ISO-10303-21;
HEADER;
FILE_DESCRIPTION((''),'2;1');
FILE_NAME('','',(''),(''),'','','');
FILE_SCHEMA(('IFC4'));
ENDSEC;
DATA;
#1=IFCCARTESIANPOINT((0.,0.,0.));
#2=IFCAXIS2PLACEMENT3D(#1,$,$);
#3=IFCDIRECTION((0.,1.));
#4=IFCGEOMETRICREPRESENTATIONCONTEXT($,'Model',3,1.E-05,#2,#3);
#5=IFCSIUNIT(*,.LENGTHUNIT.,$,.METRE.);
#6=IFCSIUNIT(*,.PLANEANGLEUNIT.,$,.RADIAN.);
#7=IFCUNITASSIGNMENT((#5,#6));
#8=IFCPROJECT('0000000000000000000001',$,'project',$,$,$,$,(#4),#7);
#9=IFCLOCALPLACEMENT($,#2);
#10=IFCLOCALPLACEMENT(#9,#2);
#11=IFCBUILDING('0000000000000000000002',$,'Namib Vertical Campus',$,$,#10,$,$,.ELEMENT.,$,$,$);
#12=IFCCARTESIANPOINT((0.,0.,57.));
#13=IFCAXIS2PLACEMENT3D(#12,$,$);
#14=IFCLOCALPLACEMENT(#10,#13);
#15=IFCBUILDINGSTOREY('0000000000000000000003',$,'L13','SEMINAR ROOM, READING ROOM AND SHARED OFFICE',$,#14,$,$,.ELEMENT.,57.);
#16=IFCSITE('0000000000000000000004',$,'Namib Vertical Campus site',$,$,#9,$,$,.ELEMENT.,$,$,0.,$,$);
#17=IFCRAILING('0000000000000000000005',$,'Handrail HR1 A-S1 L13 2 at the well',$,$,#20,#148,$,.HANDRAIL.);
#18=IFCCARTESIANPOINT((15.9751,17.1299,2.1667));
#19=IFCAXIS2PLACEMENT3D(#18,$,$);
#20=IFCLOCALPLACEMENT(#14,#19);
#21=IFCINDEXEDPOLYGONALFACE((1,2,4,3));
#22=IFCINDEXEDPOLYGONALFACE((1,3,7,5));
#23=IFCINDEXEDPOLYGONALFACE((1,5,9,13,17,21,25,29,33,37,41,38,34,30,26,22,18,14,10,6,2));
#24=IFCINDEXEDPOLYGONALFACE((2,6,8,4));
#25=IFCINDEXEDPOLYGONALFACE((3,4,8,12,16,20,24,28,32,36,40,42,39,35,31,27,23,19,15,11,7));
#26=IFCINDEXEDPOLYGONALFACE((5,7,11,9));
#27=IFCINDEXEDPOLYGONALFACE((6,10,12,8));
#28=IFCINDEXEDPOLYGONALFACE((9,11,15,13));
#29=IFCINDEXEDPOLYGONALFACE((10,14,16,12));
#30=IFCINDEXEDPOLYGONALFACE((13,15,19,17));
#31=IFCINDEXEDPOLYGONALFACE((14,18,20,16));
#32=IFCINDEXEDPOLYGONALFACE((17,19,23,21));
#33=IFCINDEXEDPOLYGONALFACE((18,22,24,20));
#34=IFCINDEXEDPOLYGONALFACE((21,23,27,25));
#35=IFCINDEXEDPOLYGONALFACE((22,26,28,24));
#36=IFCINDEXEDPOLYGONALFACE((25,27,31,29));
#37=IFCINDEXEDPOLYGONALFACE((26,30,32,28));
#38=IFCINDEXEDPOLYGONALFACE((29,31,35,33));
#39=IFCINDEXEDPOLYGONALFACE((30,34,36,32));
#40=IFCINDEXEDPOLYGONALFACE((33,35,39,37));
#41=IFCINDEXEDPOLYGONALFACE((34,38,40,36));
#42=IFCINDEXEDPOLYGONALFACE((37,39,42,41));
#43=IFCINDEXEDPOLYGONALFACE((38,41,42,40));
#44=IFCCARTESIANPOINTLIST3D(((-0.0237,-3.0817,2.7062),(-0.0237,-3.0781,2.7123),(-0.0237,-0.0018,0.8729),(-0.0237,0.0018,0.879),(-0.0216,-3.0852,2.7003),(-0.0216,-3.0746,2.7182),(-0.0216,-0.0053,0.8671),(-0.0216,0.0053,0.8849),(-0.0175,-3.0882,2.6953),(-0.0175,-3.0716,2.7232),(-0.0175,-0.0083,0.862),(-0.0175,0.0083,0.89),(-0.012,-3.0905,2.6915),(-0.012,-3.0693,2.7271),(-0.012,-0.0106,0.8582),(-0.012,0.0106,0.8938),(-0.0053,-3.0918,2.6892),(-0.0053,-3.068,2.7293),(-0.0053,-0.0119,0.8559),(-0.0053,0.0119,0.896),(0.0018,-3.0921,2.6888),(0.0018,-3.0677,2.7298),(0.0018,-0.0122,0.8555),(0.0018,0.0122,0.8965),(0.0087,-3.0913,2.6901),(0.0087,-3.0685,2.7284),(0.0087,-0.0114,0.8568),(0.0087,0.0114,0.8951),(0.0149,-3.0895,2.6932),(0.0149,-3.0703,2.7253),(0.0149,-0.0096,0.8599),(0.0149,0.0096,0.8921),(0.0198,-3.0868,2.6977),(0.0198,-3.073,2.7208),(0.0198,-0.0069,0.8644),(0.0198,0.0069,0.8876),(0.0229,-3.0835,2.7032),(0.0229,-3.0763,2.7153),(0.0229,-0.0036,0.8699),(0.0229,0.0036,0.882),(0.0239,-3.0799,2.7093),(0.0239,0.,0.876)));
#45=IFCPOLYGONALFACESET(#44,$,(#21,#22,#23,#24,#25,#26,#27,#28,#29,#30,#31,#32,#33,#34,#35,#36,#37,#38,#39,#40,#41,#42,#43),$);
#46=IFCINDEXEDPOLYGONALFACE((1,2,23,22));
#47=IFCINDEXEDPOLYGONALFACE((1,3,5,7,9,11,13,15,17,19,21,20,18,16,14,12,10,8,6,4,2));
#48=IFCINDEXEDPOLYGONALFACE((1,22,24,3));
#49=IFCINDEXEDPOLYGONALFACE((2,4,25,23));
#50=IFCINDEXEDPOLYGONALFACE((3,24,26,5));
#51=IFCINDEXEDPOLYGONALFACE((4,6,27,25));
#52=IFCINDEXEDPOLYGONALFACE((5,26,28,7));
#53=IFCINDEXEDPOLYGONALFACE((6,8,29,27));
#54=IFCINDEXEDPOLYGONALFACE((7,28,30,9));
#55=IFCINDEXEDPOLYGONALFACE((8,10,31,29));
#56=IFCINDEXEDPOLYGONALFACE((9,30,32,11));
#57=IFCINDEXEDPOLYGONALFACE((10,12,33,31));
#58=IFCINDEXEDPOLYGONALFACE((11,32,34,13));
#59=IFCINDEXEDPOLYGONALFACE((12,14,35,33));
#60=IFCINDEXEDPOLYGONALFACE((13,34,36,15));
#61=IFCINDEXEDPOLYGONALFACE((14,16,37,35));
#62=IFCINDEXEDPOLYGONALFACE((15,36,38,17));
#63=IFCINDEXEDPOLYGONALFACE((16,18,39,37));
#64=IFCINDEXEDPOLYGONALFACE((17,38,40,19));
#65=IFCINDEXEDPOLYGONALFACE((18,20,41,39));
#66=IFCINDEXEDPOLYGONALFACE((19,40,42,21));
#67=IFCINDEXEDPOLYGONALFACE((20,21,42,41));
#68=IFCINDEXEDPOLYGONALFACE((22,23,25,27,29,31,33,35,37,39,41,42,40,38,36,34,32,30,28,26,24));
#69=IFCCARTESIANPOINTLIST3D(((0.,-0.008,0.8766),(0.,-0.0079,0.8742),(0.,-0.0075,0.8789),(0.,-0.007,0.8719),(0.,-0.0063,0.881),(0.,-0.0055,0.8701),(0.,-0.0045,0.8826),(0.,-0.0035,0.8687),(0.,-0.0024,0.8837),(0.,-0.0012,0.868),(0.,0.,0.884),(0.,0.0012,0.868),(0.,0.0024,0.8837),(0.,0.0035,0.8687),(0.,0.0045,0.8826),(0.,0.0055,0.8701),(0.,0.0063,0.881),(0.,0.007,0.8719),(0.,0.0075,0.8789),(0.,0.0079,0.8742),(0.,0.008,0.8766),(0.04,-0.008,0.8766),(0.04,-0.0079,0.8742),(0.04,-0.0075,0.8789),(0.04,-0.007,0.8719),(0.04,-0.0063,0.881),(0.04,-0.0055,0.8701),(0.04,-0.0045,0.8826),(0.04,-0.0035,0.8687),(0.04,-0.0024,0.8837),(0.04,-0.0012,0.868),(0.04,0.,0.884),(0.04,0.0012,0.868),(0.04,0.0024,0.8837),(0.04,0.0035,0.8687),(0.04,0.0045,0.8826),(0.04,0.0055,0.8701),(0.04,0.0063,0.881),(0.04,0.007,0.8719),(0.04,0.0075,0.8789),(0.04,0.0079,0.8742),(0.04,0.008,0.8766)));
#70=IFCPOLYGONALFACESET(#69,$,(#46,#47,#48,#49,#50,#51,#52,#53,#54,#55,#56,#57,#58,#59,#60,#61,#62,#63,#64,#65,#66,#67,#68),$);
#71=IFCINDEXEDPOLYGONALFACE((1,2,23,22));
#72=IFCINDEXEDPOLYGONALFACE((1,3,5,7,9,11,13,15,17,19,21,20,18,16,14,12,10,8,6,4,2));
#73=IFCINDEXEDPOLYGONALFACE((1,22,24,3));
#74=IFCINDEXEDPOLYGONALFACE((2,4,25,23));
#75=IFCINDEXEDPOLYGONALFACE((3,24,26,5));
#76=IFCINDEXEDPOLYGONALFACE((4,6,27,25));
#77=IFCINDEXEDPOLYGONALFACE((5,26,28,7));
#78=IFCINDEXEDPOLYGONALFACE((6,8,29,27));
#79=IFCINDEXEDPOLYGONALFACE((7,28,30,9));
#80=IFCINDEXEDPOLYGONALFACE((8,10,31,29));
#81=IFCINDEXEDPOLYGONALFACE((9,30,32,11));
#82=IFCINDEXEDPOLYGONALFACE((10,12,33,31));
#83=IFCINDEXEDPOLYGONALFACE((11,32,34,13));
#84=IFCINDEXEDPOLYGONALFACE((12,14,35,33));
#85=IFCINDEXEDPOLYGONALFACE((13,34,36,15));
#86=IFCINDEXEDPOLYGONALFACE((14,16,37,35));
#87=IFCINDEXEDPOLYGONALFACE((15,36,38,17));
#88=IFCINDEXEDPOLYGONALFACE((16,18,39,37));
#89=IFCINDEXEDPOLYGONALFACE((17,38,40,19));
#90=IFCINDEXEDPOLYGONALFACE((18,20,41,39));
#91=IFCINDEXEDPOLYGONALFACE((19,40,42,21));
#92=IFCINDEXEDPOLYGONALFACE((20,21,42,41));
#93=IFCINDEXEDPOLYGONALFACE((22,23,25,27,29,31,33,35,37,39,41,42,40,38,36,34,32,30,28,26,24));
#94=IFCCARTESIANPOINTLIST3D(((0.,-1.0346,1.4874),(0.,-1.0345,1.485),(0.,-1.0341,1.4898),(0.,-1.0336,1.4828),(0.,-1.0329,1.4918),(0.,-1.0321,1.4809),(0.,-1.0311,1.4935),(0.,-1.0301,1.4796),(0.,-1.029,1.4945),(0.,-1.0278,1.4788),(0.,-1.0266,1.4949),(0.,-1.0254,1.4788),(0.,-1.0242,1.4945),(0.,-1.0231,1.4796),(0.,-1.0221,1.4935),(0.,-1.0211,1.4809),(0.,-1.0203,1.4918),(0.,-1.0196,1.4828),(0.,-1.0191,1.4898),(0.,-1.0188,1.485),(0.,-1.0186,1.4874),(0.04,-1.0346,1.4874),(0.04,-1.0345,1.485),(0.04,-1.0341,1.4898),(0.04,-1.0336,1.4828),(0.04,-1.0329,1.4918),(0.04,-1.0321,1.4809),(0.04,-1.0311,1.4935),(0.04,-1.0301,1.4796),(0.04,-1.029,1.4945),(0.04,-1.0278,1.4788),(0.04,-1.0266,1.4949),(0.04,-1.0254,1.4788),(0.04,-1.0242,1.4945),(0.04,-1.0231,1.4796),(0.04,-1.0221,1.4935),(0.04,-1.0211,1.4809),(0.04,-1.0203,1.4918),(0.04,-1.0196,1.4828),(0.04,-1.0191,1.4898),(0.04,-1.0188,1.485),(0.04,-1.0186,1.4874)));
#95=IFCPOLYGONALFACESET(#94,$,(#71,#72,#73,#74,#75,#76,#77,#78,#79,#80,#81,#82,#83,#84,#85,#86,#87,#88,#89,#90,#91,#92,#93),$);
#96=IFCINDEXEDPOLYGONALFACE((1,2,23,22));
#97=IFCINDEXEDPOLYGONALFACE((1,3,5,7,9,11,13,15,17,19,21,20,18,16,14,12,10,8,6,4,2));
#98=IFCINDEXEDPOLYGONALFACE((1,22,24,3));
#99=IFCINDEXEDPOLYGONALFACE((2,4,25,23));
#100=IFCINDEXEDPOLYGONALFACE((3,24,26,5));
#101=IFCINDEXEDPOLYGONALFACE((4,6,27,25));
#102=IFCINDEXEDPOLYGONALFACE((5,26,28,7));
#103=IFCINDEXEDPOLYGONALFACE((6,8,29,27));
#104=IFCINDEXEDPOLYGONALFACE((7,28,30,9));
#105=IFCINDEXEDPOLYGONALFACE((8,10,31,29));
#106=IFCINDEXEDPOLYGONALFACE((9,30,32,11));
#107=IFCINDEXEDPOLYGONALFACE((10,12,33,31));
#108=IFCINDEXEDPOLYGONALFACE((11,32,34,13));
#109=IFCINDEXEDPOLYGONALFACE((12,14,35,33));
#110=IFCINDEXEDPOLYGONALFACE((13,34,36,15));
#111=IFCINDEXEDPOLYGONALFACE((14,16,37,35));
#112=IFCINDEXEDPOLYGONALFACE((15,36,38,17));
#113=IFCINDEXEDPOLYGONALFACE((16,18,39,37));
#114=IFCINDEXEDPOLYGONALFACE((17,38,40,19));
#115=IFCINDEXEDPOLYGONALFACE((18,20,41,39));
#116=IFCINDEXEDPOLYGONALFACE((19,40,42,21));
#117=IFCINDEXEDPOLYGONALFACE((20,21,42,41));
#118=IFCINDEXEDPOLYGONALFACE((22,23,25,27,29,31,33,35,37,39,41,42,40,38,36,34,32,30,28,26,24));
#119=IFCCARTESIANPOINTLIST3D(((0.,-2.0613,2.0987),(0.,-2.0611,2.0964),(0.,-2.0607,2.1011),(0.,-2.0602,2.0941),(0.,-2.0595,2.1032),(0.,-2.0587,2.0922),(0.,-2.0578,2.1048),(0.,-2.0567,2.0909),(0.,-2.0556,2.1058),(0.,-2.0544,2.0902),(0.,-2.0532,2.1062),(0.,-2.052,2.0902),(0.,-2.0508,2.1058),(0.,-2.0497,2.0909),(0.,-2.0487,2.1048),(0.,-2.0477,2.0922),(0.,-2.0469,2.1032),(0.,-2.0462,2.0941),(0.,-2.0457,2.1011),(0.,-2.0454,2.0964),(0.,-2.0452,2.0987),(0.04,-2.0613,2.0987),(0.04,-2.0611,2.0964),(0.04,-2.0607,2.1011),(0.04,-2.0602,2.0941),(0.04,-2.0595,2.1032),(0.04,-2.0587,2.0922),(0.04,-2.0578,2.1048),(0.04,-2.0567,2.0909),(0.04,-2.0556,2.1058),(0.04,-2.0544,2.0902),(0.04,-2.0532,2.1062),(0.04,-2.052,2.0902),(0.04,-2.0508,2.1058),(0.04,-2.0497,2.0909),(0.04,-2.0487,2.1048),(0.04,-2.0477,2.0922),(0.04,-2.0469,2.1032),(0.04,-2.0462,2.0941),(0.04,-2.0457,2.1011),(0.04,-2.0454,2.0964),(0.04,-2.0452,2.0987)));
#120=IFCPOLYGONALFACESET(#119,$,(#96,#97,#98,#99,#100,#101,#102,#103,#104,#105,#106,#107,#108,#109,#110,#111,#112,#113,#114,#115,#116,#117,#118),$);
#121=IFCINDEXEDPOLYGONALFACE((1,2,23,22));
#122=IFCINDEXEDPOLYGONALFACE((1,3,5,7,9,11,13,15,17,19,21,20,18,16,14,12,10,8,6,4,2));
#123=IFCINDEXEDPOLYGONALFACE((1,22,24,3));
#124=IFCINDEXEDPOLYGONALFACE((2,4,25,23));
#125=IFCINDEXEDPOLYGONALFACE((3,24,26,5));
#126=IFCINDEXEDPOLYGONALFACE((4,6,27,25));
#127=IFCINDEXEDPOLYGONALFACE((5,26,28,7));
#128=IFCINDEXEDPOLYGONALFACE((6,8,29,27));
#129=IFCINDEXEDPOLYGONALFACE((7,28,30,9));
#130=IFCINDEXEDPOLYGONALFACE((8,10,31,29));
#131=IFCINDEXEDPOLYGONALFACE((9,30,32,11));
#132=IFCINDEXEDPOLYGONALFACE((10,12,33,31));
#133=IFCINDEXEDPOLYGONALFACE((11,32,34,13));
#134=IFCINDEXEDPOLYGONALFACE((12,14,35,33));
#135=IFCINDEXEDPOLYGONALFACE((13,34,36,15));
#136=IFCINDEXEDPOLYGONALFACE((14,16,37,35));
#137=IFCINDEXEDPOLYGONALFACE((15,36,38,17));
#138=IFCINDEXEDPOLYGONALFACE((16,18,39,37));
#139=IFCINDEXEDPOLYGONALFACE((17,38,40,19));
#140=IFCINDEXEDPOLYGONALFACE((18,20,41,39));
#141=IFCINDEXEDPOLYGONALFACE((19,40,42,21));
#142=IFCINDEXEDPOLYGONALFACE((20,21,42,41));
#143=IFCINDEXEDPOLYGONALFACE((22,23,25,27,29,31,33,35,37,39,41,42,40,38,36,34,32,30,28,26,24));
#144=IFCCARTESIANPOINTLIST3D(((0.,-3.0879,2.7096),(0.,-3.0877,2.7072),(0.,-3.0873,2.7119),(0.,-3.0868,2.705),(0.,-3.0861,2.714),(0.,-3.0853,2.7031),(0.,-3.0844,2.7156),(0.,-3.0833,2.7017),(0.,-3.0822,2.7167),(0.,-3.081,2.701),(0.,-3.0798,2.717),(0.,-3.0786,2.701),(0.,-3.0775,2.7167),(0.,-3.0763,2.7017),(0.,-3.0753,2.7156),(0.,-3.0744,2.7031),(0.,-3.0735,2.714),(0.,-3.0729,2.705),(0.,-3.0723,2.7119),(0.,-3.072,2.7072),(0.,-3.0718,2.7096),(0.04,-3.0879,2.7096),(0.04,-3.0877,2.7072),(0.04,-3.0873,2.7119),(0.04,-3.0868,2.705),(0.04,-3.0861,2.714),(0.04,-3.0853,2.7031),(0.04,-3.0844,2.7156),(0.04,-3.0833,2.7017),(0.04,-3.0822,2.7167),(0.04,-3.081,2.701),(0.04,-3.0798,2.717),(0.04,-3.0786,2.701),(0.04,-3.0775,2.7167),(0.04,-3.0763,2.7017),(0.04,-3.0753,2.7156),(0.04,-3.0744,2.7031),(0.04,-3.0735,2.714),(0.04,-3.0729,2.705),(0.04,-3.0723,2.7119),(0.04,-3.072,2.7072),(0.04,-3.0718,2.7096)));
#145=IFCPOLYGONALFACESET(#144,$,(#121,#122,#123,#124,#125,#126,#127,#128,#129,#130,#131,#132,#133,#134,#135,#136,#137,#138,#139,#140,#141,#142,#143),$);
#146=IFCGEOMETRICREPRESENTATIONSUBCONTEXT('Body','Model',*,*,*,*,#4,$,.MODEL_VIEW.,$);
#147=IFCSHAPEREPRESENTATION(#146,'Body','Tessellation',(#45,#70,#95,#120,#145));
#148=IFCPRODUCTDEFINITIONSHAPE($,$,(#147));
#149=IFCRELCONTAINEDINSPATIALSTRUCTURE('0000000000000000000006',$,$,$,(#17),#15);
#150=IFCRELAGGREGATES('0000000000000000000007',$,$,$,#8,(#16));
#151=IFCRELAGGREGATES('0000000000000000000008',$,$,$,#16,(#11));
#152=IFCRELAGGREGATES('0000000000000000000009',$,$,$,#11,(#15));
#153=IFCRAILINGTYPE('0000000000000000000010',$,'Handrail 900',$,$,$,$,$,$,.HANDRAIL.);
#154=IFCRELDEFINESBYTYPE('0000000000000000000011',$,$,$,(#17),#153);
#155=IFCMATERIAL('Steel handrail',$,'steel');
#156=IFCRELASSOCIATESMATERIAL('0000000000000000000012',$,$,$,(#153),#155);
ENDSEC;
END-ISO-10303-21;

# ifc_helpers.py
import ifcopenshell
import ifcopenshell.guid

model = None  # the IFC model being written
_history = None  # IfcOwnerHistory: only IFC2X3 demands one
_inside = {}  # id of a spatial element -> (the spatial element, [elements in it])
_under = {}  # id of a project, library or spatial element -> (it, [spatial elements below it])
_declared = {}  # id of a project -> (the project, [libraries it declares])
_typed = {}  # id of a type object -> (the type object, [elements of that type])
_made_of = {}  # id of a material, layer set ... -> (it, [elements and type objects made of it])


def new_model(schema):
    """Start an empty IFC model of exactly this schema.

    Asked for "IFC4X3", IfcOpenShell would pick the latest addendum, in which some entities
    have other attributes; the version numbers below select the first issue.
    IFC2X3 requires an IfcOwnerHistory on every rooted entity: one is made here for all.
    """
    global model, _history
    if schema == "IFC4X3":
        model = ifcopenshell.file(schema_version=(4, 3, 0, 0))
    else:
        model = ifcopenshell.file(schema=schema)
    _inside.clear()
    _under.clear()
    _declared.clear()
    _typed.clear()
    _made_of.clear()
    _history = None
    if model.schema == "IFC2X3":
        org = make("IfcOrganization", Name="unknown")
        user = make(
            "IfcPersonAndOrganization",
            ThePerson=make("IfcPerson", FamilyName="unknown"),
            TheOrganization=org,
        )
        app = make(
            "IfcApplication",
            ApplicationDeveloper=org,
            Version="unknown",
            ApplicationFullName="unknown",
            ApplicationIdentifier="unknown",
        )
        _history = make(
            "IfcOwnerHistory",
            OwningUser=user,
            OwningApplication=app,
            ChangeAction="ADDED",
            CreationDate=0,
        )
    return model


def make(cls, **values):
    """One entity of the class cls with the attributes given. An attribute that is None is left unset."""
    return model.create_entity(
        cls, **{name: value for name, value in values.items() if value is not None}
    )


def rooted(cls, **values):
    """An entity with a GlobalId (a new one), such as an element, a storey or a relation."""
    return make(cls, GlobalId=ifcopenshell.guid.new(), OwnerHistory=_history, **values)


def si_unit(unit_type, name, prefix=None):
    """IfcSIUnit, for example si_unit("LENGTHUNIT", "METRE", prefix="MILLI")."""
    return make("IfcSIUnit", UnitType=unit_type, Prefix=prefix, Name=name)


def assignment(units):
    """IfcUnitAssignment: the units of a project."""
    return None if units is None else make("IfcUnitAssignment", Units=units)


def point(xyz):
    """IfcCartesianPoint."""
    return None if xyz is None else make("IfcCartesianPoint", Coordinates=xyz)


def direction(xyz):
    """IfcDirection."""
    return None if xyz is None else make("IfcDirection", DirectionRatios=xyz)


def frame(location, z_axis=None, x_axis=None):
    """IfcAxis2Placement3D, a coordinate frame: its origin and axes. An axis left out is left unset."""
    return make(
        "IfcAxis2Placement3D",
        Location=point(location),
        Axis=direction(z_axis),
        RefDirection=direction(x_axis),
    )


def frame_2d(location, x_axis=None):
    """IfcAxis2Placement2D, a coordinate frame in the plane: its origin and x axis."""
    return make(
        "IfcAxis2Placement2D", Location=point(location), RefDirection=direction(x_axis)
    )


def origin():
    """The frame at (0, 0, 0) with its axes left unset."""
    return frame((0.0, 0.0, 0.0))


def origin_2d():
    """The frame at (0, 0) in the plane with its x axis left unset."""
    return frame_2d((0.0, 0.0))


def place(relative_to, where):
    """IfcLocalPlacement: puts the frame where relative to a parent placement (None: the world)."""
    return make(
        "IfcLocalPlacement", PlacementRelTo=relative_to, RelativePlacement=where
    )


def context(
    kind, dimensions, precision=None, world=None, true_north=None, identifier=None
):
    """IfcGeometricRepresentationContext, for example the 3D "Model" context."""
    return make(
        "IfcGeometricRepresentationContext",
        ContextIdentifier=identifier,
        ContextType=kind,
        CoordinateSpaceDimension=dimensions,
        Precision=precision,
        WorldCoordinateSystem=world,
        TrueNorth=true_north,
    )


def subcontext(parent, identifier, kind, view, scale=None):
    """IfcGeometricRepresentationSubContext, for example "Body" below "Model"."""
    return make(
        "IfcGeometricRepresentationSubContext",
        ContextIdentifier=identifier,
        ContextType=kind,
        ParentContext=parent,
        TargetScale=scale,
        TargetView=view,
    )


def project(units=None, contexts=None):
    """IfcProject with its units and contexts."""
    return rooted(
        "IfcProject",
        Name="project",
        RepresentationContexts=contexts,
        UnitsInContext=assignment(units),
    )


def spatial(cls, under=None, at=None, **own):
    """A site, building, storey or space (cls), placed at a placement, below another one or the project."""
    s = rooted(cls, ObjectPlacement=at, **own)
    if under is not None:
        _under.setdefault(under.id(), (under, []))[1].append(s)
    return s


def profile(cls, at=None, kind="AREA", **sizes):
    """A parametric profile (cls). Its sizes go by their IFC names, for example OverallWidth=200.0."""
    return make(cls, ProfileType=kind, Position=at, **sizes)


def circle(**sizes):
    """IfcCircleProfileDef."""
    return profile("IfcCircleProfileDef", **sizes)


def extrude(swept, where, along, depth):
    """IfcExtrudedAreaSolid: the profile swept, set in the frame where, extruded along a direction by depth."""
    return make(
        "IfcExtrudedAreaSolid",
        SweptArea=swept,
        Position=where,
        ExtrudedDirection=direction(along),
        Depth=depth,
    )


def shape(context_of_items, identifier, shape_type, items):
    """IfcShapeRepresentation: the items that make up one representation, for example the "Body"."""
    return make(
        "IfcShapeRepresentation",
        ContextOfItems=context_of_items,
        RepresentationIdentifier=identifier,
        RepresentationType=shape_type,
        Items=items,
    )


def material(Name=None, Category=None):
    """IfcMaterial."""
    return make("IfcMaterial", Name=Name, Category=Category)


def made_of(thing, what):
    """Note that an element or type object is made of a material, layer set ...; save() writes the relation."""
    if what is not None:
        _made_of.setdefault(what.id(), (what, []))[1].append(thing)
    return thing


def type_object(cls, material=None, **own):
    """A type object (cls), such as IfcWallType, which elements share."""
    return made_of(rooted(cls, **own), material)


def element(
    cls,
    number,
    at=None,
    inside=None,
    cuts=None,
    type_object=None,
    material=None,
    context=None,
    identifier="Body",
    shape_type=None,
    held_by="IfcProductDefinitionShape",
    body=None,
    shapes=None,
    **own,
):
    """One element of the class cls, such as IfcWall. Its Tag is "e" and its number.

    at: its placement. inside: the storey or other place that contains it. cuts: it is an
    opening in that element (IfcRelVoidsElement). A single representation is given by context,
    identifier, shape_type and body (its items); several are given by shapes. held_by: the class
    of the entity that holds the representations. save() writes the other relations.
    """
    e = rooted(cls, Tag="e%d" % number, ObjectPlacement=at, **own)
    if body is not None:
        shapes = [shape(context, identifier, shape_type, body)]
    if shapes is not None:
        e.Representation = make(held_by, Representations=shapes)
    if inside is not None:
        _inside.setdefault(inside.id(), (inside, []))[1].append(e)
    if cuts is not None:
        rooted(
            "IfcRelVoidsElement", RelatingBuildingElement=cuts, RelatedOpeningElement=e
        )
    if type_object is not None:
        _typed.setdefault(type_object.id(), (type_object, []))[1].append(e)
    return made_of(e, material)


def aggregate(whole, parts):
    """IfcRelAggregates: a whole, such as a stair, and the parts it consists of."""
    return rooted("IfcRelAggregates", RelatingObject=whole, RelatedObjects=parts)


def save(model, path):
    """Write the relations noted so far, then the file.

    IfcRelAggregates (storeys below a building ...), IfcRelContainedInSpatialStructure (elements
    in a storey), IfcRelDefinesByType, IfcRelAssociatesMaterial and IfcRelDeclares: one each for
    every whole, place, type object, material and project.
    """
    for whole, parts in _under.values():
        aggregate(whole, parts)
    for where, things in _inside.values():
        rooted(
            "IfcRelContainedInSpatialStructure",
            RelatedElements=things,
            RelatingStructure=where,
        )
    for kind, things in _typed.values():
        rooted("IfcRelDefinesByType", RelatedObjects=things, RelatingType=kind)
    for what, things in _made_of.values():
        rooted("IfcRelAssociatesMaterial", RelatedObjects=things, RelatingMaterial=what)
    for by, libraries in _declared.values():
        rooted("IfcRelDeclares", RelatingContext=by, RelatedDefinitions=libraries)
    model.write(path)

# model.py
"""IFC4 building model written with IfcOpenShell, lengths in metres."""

from ifc_helpers import new_model, si_unit, direction, frame, origin, origin_2d, place, context, subcontext, project, spatial, circle, extrude, material, type_object, element, save


model = new_model("IFC4")

# Units and contexts
model_context = context("Model", 3, precision=1e-05, world=origin(), true_north=direction((0.0, 1.0)))
body_context = subcontext(model_context, "Body", "Model", "MODEL_VIEW")
ifc_project = project(units=[si_unit("LENGTHUNIT", "METRE"), si_unit("PLANEANGLEUNIT", "RADIAN")], contexts=[model_context])

# Site, building, storey
site_placement = place(None, origin())
site = spatial("IfcSite", under=ifc_project, at=site_placement, Name="Namib Vertical Campus site", CompositionType="ELEMENT", RefElevation=0.0)
building_placement = place(site_placement, origin())
building = spatial("IfcBuilding", under=site, at=building_placement, Name="Namib Vertical Campus", CompositionType="ELEMENT")
storey_placement = place(building_placement, frame((0.0, 0.0, 57.0)))
storey = spatial("IfcBuildingStorey", under=building, at=storey_placement, Name="L13", Description="SEMINAR ROOM, READING ROOM AND SHARED OFFICE", CompositionType="ELEMENT", Elevation=57.0)

# Railing
ifc_material_1 = material(Name="Steel handrail", Category="steel")
railing_type_1 = type_object("IfcRailingType", Name="Handrail 900", PredefinedType="HANDRAIL", material=ifc_material_1)
railing_1_placement = place(storey_placement, frame((15.9751, 17.1299, 2.1667)))
element("IfcRailing", 1, at=railing_1_placement, inside=storey, type_object=railing_type_1, Name="Handrail HR1 A-S1 L13 2 at the well", PredefinedType="HANDRAIL", context=body_context, shape_type="SweptSolid", body=[
    extrude(circle(Radius=0.0239, at=origin_2d()), frame((0.0, 0.0, 0.876), z_axis=(0.0, -0.859291, 0.511487), x_axis=(1.0, 0.0, 0.0)), (0.0, 0.0, 1.0), 3.5842),
    extrude(circle(Radius=0.0081, at=origin_2d()), frame((0.0, 0.0, 0.876), z_axis=(1.0, 0.0, 0.0), x_axis=(0.0, 0.0, 1.0)), (0.0, 0.0, 1.0), 0.04),
    extrude(circle(Radius=0.0081, at=origin_2d()), frame((0.0, -1.0266, 1.4868), z_axis=(1.0, 0.0, 0.0), x_axis=(0.0, 0.0, 1.0)), (0.0, 0.0, 1.0), 0.04),
    extrude(circle(Radius=0.0081, at=origin_2d()), frame((0.0, -2.0532, 2.0981), z_axis=(1.0, 0.0, 0.0), x_axis=(0.0, 0.0, 1.0)), (0.0, 0.0, 1.0), 0.04),
    extrude(circle(Radius=0.0081, at=origin_2d()), frame((0.0, -3.0798, 2.709), z_axis=(1.0, 0.0, 0.0), x_axis=(0.0, 0.0, 1.0)), (0.0, 0.0, 1.0), 0.04),
])

save(model, "model.ifc")
